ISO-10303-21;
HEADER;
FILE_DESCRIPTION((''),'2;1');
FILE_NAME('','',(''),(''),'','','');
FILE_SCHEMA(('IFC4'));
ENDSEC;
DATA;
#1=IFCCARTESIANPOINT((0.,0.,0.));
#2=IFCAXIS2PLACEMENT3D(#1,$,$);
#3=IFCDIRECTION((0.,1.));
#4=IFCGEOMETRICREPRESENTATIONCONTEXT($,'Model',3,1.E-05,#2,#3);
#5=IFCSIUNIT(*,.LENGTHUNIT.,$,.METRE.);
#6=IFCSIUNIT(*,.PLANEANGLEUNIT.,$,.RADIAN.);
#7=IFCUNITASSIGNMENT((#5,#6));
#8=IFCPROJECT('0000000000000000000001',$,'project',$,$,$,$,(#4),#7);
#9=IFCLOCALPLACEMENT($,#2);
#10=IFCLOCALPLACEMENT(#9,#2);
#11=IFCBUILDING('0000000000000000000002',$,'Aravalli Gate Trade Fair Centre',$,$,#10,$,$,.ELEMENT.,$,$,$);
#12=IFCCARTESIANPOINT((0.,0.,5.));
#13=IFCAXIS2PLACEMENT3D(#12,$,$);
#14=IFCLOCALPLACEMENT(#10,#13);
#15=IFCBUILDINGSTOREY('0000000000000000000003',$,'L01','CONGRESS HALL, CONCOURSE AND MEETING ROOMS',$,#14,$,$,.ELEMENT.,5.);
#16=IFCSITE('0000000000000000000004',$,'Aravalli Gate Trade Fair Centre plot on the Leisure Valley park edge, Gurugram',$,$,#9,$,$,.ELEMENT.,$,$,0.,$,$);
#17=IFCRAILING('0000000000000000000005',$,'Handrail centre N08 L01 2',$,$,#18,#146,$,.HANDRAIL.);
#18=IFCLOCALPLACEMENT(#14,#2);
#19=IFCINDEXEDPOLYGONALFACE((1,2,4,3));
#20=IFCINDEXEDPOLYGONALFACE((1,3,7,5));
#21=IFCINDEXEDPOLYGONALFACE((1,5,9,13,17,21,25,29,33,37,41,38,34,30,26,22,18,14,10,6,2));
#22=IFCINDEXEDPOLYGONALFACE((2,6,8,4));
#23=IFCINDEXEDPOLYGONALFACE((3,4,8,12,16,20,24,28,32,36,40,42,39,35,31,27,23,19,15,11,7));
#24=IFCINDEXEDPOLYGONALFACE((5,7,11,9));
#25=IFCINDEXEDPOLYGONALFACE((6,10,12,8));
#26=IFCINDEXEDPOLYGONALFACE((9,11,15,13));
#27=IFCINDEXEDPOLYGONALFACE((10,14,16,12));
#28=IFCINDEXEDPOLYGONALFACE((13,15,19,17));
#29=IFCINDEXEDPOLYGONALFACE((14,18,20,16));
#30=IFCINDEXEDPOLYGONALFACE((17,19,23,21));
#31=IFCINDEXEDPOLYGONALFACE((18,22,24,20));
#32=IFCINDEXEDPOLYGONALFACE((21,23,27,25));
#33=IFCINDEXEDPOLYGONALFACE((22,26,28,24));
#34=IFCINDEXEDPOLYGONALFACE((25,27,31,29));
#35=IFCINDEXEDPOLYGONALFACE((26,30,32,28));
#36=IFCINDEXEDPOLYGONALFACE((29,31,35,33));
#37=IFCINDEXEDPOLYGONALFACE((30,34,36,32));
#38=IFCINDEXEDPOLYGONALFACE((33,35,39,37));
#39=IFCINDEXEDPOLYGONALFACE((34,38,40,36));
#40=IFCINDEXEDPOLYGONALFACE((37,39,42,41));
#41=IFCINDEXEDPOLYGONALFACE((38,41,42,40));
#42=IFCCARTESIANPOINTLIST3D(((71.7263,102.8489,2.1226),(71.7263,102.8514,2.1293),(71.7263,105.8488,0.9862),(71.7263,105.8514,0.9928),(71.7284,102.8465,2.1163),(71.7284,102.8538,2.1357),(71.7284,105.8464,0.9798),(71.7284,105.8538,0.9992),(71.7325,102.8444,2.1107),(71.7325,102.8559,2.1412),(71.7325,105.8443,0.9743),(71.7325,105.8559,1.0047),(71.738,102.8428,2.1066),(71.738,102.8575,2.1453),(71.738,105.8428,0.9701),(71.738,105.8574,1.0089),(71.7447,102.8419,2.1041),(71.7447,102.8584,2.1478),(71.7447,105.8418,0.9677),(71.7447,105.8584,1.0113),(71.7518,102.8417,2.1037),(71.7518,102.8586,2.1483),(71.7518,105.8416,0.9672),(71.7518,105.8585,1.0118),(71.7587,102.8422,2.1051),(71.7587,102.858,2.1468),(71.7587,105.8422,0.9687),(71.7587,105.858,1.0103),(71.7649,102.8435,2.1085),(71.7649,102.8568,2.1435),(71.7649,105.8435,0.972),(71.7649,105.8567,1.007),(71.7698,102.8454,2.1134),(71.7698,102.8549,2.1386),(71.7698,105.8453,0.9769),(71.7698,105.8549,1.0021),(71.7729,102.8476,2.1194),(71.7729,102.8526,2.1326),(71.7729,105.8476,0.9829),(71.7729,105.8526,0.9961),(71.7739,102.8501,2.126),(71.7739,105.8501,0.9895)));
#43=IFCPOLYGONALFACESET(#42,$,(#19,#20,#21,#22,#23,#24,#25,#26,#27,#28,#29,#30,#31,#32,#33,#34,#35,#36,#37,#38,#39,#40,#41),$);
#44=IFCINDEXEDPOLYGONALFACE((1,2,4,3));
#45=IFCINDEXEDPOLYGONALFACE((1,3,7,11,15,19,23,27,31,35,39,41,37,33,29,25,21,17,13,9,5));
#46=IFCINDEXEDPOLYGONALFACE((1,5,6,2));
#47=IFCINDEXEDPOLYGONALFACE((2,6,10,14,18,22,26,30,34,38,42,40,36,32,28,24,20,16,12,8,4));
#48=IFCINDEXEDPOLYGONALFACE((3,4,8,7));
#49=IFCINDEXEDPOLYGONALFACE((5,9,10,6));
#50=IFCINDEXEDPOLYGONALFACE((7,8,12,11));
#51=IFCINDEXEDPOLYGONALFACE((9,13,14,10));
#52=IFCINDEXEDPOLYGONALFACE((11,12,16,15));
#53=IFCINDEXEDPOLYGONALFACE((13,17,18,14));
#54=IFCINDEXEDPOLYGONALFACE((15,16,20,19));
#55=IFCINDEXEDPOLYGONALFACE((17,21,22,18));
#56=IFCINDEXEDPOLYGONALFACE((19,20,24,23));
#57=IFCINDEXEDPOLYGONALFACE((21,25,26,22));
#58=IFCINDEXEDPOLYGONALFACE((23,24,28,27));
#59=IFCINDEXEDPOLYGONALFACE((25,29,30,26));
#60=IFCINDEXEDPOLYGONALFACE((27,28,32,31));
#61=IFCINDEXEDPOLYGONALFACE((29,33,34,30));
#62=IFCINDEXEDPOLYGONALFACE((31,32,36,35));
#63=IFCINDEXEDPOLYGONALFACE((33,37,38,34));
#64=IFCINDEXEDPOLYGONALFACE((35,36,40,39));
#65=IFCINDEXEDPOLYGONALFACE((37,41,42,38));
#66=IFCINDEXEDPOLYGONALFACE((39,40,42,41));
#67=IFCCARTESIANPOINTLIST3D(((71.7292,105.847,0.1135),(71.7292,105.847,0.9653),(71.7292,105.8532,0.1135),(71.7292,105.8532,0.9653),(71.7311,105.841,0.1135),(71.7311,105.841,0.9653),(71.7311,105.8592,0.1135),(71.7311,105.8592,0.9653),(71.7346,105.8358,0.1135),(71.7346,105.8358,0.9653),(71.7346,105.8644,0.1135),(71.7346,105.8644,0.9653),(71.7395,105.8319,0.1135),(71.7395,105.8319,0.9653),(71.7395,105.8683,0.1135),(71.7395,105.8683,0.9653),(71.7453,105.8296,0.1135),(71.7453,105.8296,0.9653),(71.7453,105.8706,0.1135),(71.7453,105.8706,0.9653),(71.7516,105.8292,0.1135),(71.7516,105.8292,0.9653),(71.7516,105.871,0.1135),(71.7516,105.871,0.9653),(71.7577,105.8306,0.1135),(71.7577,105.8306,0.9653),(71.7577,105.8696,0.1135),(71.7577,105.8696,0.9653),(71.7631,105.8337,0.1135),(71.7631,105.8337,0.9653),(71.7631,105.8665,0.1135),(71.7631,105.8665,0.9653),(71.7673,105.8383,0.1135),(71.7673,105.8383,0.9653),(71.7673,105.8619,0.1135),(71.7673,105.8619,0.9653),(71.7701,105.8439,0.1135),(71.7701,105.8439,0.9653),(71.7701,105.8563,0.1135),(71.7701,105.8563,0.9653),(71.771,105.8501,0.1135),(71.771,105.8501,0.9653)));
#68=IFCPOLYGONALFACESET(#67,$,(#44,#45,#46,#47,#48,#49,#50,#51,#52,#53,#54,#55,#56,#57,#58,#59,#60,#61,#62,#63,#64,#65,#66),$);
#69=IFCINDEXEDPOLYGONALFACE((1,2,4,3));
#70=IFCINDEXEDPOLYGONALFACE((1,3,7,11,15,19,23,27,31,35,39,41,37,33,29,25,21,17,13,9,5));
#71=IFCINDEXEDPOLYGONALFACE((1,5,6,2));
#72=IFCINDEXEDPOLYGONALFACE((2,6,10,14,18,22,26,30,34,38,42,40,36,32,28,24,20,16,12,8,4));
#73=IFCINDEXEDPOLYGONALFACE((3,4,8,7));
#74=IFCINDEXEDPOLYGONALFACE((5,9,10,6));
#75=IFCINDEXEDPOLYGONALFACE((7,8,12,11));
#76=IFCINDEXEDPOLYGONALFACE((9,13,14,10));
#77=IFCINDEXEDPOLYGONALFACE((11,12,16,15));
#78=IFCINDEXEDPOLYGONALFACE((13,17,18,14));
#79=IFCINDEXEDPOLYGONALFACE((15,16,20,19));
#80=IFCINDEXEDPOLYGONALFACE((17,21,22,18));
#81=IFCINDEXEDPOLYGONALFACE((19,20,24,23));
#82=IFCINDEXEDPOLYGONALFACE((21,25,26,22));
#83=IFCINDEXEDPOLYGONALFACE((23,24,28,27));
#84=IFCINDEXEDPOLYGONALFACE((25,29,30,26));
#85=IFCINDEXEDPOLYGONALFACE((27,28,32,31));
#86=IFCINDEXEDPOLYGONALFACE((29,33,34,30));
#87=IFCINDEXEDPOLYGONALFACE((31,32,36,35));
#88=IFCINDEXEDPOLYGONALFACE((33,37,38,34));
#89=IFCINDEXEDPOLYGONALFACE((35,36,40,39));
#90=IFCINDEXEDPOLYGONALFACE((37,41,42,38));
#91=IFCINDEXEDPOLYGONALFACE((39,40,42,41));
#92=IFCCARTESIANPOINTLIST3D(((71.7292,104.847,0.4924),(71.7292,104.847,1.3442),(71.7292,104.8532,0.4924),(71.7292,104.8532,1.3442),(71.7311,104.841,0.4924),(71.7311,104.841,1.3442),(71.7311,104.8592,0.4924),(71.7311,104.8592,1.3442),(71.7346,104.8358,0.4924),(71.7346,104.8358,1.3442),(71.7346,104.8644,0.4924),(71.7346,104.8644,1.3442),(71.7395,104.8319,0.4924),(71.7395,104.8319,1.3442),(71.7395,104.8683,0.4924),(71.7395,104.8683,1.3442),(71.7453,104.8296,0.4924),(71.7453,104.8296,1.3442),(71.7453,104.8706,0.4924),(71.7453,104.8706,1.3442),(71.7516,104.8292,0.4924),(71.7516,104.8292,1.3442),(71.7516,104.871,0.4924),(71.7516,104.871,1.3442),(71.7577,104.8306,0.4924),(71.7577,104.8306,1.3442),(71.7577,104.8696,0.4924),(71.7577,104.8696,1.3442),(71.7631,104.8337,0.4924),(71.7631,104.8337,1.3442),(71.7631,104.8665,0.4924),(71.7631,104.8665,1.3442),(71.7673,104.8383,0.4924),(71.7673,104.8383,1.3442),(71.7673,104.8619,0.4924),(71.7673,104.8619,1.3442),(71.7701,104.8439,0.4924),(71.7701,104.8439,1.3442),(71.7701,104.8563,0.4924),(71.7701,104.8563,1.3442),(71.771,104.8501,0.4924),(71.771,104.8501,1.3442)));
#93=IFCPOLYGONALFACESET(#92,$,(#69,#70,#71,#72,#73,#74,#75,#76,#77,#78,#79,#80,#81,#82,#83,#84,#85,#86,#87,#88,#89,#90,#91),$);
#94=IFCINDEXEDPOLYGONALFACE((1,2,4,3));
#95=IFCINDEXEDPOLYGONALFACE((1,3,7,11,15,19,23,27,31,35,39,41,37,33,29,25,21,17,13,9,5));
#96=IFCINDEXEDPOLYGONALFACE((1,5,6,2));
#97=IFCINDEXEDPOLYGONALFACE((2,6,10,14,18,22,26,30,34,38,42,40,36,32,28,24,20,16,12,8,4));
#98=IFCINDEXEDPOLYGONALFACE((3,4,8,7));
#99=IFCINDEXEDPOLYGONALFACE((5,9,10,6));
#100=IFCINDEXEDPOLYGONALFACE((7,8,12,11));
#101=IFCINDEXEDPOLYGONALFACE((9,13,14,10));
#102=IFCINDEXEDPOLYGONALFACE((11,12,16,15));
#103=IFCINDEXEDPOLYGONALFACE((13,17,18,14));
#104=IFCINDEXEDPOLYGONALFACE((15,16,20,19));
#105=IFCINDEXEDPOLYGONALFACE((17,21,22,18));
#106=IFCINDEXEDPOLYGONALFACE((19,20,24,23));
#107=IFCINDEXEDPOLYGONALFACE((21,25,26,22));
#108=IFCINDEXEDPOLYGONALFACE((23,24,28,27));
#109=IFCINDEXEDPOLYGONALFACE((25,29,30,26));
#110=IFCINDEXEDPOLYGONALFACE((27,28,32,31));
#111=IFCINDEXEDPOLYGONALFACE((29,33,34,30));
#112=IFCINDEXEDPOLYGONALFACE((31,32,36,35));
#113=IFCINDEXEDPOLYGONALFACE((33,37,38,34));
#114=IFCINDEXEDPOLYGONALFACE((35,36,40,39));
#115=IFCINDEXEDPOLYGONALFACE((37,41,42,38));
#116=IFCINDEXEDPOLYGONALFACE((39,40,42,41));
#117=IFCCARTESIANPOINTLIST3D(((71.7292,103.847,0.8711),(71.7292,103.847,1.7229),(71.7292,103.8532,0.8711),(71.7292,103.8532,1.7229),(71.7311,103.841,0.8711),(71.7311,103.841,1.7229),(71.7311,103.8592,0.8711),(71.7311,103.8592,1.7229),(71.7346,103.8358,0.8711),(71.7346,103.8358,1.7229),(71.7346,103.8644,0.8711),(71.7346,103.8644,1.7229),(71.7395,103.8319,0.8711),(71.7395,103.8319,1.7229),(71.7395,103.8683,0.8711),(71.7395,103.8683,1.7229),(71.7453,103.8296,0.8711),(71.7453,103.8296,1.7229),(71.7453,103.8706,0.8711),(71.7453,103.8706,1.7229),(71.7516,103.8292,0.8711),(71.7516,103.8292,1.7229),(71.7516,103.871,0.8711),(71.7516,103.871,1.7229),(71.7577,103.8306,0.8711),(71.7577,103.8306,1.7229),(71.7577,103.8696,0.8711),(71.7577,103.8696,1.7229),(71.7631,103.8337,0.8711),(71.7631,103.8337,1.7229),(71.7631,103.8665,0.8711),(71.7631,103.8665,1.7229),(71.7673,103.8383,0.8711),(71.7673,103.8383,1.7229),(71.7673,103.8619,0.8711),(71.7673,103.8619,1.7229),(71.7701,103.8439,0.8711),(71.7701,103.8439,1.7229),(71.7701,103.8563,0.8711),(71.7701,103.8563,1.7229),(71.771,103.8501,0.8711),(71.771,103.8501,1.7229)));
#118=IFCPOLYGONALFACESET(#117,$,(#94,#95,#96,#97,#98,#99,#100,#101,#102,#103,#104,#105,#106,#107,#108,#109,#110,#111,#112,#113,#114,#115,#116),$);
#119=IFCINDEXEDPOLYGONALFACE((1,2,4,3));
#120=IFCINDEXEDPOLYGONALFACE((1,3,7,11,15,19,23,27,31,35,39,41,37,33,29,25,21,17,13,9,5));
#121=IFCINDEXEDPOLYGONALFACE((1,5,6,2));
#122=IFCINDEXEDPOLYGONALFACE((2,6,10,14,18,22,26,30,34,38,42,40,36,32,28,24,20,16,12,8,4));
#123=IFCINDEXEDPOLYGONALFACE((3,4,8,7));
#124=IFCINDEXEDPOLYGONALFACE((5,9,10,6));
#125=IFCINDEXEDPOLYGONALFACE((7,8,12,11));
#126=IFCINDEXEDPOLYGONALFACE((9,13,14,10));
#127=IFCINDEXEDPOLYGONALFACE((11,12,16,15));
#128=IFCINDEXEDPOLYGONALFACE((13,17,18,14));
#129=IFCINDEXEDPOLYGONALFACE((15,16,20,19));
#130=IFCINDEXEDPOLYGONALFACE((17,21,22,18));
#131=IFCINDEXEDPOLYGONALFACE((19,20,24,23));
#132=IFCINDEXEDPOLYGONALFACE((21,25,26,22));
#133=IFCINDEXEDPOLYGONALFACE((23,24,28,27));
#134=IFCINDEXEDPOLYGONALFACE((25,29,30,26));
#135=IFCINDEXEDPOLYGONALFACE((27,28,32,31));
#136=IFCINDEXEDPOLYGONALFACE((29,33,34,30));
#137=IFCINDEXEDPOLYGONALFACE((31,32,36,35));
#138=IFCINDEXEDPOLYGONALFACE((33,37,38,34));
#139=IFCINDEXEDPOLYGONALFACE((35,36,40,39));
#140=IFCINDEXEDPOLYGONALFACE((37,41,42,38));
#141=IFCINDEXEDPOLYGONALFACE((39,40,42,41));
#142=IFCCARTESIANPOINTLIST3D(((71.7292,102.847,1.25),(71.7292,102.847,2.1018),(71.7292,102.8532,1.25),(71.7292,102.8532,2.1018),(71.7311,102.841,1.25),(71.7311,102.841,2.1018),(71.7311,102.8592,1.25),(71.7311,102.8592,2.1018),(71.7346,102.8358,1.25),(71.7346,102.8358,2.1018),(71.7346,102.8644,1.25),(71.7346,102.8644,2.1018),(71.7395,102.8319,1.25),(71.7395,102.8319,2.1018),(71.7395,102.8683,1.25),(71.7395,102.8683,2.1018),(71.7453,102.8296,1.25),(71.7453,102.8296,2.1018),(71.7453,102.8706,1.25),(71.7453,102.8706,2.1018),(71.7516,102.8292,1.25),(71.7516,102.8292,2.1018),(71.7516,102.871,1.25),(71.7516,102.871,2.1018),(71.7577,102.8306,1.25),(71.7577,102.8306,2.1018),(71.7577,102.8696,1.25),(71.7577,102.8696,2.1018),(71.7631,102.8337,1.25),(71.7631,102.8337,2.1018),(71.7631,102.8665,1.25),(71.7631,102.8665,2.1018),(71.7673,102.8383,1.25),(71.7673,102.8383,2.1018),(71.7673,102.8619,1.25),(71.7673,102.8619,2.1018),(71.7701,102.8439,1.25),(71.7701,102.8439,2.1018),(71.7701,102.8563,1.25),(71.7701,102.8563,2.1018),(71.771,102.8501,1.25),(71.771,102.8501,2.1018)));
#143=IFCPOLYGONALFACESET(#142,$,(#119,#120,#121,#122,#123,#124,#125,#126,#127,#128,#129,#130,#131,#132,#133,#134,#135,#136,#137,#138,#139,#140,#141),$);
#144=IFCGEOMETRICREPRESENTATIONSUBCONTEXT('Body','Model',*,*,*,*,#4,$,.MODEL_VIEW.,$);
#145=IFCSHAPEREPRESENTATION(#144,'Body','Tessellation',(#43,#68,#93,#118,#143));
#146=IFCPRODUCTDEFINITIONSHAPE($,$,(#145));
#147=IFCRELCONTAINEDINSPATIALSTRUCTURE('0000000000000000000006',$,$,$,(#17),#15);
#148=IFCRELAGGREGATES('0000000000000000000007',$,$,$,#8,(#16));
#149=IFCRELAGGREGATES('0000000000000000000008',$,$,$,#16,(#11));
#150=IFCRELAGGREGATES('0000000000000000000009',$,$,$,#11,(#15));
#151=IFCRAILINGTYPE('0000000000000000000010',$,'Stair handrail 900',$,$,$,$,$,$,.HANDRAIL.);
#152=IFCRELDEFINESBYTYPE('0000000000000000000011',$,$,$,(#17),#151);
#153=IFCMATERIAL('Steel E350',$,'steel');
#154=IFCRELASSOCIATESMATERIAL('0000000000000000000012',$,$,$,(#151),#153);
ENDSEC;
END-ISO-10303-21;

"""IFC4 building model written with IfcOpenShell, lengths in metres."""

from ifc_helpers import new_model, si_unit, direction, frame, origin, origin_2d, place, context, subcontext, project, spatial, circle, extrude, material, type_object, element, save


model = new_model("IFC4")

# Units and contexts
model_context = context("Model", 3, precision=1e-05, world=origin(), true_north=direction((0.0, 1.0)))
body_context = subcontext(model_context, "Body", "Model", "MODEL_VIEW")
ifc_project = project(units=[si_unit("LENGTHUNIT", "METRE"), si_unit("PLANEANGLEUNIT", "RADIAN")], contexts=[model_context])

# Site, building, storey
site_placement = place(None, origin())
site = spatial("IfcSite", under=ifc_project, at=site_placement, Name="Aravalli Gate Trade Fair Centre plot on the Leisure Valley park edge, Gurugram", CompositionType="ELEMENT", RefElevation=0.0)
building_placement = place(site_placement, origin())
building = spatial("IfcBuilding", under=site, at=building_placement, Name="Aravalli Gate Trade Fair Centre", CompositionType="ELEMENT")
storey_placement = place(building_placement, frame((0.0, 0.0, 5.0)))
storey = spatial("IfcBuildingStorey", under=building, at=storey_placement, Name="L01", Description="CONGRESS HALL, CONCOURSE AND MEETING ROOMS", CompositionType="ELEMENT", Elevation=5.0)

# Shared definitions
ifc_material_1 = material(Name="Steel E350", Category="steel")

# Railing
railing_type_1 = type_object("IfcRailingType", Name="Stair handrail 900", PredefinedType="HANDRAIL", material=ifc_material_1)
for number, where, name in (
    (1, (71.75, 105.8501, 0.1135), "Handrail centre N08 L01 2"),
):
    element("IfcRailing", number, at=place(storey_placement, frame(where)), inside=storey, type_object=railing_type_1, Name=name, PredefinedType="HANDRAIL", context=body_context, shape_type="SweptSolid", body=[
        extrude(circle(Radius=0.0239, at=origin_2d()), frame((0.0, 0.0, 0.876), z_axis=(0.0, -0.935148, 0.354257), x_axis=(1.0, 0.0, 0.0)), (0.0, 0.0, 1.0), 3.208),
        extrude(circle(Radius=0.021, at=origin_2d()), origin(), (0.0, 0.0, 1.0), 0.8518),
        extrude(circle(Radius=0.021, at=origin_2d()), frame((0.0, -1.0, 0.3789)), (0.0, 0.0, 1.0), 0.8518),
        extrude(circle(Radius=0.021, at=origin_2d()), frame((0.0, -2.0, 0.7576)), (0.0, 0.0, 1.0), 0.8518),
        extrude(circle(Radius=0.021, at=origin_2d()), frame((0.0, -3.0, 1.1365)), (0.0, 0.0, 1.0), 0.8518),
    ])

save(model, "model.ifc")
